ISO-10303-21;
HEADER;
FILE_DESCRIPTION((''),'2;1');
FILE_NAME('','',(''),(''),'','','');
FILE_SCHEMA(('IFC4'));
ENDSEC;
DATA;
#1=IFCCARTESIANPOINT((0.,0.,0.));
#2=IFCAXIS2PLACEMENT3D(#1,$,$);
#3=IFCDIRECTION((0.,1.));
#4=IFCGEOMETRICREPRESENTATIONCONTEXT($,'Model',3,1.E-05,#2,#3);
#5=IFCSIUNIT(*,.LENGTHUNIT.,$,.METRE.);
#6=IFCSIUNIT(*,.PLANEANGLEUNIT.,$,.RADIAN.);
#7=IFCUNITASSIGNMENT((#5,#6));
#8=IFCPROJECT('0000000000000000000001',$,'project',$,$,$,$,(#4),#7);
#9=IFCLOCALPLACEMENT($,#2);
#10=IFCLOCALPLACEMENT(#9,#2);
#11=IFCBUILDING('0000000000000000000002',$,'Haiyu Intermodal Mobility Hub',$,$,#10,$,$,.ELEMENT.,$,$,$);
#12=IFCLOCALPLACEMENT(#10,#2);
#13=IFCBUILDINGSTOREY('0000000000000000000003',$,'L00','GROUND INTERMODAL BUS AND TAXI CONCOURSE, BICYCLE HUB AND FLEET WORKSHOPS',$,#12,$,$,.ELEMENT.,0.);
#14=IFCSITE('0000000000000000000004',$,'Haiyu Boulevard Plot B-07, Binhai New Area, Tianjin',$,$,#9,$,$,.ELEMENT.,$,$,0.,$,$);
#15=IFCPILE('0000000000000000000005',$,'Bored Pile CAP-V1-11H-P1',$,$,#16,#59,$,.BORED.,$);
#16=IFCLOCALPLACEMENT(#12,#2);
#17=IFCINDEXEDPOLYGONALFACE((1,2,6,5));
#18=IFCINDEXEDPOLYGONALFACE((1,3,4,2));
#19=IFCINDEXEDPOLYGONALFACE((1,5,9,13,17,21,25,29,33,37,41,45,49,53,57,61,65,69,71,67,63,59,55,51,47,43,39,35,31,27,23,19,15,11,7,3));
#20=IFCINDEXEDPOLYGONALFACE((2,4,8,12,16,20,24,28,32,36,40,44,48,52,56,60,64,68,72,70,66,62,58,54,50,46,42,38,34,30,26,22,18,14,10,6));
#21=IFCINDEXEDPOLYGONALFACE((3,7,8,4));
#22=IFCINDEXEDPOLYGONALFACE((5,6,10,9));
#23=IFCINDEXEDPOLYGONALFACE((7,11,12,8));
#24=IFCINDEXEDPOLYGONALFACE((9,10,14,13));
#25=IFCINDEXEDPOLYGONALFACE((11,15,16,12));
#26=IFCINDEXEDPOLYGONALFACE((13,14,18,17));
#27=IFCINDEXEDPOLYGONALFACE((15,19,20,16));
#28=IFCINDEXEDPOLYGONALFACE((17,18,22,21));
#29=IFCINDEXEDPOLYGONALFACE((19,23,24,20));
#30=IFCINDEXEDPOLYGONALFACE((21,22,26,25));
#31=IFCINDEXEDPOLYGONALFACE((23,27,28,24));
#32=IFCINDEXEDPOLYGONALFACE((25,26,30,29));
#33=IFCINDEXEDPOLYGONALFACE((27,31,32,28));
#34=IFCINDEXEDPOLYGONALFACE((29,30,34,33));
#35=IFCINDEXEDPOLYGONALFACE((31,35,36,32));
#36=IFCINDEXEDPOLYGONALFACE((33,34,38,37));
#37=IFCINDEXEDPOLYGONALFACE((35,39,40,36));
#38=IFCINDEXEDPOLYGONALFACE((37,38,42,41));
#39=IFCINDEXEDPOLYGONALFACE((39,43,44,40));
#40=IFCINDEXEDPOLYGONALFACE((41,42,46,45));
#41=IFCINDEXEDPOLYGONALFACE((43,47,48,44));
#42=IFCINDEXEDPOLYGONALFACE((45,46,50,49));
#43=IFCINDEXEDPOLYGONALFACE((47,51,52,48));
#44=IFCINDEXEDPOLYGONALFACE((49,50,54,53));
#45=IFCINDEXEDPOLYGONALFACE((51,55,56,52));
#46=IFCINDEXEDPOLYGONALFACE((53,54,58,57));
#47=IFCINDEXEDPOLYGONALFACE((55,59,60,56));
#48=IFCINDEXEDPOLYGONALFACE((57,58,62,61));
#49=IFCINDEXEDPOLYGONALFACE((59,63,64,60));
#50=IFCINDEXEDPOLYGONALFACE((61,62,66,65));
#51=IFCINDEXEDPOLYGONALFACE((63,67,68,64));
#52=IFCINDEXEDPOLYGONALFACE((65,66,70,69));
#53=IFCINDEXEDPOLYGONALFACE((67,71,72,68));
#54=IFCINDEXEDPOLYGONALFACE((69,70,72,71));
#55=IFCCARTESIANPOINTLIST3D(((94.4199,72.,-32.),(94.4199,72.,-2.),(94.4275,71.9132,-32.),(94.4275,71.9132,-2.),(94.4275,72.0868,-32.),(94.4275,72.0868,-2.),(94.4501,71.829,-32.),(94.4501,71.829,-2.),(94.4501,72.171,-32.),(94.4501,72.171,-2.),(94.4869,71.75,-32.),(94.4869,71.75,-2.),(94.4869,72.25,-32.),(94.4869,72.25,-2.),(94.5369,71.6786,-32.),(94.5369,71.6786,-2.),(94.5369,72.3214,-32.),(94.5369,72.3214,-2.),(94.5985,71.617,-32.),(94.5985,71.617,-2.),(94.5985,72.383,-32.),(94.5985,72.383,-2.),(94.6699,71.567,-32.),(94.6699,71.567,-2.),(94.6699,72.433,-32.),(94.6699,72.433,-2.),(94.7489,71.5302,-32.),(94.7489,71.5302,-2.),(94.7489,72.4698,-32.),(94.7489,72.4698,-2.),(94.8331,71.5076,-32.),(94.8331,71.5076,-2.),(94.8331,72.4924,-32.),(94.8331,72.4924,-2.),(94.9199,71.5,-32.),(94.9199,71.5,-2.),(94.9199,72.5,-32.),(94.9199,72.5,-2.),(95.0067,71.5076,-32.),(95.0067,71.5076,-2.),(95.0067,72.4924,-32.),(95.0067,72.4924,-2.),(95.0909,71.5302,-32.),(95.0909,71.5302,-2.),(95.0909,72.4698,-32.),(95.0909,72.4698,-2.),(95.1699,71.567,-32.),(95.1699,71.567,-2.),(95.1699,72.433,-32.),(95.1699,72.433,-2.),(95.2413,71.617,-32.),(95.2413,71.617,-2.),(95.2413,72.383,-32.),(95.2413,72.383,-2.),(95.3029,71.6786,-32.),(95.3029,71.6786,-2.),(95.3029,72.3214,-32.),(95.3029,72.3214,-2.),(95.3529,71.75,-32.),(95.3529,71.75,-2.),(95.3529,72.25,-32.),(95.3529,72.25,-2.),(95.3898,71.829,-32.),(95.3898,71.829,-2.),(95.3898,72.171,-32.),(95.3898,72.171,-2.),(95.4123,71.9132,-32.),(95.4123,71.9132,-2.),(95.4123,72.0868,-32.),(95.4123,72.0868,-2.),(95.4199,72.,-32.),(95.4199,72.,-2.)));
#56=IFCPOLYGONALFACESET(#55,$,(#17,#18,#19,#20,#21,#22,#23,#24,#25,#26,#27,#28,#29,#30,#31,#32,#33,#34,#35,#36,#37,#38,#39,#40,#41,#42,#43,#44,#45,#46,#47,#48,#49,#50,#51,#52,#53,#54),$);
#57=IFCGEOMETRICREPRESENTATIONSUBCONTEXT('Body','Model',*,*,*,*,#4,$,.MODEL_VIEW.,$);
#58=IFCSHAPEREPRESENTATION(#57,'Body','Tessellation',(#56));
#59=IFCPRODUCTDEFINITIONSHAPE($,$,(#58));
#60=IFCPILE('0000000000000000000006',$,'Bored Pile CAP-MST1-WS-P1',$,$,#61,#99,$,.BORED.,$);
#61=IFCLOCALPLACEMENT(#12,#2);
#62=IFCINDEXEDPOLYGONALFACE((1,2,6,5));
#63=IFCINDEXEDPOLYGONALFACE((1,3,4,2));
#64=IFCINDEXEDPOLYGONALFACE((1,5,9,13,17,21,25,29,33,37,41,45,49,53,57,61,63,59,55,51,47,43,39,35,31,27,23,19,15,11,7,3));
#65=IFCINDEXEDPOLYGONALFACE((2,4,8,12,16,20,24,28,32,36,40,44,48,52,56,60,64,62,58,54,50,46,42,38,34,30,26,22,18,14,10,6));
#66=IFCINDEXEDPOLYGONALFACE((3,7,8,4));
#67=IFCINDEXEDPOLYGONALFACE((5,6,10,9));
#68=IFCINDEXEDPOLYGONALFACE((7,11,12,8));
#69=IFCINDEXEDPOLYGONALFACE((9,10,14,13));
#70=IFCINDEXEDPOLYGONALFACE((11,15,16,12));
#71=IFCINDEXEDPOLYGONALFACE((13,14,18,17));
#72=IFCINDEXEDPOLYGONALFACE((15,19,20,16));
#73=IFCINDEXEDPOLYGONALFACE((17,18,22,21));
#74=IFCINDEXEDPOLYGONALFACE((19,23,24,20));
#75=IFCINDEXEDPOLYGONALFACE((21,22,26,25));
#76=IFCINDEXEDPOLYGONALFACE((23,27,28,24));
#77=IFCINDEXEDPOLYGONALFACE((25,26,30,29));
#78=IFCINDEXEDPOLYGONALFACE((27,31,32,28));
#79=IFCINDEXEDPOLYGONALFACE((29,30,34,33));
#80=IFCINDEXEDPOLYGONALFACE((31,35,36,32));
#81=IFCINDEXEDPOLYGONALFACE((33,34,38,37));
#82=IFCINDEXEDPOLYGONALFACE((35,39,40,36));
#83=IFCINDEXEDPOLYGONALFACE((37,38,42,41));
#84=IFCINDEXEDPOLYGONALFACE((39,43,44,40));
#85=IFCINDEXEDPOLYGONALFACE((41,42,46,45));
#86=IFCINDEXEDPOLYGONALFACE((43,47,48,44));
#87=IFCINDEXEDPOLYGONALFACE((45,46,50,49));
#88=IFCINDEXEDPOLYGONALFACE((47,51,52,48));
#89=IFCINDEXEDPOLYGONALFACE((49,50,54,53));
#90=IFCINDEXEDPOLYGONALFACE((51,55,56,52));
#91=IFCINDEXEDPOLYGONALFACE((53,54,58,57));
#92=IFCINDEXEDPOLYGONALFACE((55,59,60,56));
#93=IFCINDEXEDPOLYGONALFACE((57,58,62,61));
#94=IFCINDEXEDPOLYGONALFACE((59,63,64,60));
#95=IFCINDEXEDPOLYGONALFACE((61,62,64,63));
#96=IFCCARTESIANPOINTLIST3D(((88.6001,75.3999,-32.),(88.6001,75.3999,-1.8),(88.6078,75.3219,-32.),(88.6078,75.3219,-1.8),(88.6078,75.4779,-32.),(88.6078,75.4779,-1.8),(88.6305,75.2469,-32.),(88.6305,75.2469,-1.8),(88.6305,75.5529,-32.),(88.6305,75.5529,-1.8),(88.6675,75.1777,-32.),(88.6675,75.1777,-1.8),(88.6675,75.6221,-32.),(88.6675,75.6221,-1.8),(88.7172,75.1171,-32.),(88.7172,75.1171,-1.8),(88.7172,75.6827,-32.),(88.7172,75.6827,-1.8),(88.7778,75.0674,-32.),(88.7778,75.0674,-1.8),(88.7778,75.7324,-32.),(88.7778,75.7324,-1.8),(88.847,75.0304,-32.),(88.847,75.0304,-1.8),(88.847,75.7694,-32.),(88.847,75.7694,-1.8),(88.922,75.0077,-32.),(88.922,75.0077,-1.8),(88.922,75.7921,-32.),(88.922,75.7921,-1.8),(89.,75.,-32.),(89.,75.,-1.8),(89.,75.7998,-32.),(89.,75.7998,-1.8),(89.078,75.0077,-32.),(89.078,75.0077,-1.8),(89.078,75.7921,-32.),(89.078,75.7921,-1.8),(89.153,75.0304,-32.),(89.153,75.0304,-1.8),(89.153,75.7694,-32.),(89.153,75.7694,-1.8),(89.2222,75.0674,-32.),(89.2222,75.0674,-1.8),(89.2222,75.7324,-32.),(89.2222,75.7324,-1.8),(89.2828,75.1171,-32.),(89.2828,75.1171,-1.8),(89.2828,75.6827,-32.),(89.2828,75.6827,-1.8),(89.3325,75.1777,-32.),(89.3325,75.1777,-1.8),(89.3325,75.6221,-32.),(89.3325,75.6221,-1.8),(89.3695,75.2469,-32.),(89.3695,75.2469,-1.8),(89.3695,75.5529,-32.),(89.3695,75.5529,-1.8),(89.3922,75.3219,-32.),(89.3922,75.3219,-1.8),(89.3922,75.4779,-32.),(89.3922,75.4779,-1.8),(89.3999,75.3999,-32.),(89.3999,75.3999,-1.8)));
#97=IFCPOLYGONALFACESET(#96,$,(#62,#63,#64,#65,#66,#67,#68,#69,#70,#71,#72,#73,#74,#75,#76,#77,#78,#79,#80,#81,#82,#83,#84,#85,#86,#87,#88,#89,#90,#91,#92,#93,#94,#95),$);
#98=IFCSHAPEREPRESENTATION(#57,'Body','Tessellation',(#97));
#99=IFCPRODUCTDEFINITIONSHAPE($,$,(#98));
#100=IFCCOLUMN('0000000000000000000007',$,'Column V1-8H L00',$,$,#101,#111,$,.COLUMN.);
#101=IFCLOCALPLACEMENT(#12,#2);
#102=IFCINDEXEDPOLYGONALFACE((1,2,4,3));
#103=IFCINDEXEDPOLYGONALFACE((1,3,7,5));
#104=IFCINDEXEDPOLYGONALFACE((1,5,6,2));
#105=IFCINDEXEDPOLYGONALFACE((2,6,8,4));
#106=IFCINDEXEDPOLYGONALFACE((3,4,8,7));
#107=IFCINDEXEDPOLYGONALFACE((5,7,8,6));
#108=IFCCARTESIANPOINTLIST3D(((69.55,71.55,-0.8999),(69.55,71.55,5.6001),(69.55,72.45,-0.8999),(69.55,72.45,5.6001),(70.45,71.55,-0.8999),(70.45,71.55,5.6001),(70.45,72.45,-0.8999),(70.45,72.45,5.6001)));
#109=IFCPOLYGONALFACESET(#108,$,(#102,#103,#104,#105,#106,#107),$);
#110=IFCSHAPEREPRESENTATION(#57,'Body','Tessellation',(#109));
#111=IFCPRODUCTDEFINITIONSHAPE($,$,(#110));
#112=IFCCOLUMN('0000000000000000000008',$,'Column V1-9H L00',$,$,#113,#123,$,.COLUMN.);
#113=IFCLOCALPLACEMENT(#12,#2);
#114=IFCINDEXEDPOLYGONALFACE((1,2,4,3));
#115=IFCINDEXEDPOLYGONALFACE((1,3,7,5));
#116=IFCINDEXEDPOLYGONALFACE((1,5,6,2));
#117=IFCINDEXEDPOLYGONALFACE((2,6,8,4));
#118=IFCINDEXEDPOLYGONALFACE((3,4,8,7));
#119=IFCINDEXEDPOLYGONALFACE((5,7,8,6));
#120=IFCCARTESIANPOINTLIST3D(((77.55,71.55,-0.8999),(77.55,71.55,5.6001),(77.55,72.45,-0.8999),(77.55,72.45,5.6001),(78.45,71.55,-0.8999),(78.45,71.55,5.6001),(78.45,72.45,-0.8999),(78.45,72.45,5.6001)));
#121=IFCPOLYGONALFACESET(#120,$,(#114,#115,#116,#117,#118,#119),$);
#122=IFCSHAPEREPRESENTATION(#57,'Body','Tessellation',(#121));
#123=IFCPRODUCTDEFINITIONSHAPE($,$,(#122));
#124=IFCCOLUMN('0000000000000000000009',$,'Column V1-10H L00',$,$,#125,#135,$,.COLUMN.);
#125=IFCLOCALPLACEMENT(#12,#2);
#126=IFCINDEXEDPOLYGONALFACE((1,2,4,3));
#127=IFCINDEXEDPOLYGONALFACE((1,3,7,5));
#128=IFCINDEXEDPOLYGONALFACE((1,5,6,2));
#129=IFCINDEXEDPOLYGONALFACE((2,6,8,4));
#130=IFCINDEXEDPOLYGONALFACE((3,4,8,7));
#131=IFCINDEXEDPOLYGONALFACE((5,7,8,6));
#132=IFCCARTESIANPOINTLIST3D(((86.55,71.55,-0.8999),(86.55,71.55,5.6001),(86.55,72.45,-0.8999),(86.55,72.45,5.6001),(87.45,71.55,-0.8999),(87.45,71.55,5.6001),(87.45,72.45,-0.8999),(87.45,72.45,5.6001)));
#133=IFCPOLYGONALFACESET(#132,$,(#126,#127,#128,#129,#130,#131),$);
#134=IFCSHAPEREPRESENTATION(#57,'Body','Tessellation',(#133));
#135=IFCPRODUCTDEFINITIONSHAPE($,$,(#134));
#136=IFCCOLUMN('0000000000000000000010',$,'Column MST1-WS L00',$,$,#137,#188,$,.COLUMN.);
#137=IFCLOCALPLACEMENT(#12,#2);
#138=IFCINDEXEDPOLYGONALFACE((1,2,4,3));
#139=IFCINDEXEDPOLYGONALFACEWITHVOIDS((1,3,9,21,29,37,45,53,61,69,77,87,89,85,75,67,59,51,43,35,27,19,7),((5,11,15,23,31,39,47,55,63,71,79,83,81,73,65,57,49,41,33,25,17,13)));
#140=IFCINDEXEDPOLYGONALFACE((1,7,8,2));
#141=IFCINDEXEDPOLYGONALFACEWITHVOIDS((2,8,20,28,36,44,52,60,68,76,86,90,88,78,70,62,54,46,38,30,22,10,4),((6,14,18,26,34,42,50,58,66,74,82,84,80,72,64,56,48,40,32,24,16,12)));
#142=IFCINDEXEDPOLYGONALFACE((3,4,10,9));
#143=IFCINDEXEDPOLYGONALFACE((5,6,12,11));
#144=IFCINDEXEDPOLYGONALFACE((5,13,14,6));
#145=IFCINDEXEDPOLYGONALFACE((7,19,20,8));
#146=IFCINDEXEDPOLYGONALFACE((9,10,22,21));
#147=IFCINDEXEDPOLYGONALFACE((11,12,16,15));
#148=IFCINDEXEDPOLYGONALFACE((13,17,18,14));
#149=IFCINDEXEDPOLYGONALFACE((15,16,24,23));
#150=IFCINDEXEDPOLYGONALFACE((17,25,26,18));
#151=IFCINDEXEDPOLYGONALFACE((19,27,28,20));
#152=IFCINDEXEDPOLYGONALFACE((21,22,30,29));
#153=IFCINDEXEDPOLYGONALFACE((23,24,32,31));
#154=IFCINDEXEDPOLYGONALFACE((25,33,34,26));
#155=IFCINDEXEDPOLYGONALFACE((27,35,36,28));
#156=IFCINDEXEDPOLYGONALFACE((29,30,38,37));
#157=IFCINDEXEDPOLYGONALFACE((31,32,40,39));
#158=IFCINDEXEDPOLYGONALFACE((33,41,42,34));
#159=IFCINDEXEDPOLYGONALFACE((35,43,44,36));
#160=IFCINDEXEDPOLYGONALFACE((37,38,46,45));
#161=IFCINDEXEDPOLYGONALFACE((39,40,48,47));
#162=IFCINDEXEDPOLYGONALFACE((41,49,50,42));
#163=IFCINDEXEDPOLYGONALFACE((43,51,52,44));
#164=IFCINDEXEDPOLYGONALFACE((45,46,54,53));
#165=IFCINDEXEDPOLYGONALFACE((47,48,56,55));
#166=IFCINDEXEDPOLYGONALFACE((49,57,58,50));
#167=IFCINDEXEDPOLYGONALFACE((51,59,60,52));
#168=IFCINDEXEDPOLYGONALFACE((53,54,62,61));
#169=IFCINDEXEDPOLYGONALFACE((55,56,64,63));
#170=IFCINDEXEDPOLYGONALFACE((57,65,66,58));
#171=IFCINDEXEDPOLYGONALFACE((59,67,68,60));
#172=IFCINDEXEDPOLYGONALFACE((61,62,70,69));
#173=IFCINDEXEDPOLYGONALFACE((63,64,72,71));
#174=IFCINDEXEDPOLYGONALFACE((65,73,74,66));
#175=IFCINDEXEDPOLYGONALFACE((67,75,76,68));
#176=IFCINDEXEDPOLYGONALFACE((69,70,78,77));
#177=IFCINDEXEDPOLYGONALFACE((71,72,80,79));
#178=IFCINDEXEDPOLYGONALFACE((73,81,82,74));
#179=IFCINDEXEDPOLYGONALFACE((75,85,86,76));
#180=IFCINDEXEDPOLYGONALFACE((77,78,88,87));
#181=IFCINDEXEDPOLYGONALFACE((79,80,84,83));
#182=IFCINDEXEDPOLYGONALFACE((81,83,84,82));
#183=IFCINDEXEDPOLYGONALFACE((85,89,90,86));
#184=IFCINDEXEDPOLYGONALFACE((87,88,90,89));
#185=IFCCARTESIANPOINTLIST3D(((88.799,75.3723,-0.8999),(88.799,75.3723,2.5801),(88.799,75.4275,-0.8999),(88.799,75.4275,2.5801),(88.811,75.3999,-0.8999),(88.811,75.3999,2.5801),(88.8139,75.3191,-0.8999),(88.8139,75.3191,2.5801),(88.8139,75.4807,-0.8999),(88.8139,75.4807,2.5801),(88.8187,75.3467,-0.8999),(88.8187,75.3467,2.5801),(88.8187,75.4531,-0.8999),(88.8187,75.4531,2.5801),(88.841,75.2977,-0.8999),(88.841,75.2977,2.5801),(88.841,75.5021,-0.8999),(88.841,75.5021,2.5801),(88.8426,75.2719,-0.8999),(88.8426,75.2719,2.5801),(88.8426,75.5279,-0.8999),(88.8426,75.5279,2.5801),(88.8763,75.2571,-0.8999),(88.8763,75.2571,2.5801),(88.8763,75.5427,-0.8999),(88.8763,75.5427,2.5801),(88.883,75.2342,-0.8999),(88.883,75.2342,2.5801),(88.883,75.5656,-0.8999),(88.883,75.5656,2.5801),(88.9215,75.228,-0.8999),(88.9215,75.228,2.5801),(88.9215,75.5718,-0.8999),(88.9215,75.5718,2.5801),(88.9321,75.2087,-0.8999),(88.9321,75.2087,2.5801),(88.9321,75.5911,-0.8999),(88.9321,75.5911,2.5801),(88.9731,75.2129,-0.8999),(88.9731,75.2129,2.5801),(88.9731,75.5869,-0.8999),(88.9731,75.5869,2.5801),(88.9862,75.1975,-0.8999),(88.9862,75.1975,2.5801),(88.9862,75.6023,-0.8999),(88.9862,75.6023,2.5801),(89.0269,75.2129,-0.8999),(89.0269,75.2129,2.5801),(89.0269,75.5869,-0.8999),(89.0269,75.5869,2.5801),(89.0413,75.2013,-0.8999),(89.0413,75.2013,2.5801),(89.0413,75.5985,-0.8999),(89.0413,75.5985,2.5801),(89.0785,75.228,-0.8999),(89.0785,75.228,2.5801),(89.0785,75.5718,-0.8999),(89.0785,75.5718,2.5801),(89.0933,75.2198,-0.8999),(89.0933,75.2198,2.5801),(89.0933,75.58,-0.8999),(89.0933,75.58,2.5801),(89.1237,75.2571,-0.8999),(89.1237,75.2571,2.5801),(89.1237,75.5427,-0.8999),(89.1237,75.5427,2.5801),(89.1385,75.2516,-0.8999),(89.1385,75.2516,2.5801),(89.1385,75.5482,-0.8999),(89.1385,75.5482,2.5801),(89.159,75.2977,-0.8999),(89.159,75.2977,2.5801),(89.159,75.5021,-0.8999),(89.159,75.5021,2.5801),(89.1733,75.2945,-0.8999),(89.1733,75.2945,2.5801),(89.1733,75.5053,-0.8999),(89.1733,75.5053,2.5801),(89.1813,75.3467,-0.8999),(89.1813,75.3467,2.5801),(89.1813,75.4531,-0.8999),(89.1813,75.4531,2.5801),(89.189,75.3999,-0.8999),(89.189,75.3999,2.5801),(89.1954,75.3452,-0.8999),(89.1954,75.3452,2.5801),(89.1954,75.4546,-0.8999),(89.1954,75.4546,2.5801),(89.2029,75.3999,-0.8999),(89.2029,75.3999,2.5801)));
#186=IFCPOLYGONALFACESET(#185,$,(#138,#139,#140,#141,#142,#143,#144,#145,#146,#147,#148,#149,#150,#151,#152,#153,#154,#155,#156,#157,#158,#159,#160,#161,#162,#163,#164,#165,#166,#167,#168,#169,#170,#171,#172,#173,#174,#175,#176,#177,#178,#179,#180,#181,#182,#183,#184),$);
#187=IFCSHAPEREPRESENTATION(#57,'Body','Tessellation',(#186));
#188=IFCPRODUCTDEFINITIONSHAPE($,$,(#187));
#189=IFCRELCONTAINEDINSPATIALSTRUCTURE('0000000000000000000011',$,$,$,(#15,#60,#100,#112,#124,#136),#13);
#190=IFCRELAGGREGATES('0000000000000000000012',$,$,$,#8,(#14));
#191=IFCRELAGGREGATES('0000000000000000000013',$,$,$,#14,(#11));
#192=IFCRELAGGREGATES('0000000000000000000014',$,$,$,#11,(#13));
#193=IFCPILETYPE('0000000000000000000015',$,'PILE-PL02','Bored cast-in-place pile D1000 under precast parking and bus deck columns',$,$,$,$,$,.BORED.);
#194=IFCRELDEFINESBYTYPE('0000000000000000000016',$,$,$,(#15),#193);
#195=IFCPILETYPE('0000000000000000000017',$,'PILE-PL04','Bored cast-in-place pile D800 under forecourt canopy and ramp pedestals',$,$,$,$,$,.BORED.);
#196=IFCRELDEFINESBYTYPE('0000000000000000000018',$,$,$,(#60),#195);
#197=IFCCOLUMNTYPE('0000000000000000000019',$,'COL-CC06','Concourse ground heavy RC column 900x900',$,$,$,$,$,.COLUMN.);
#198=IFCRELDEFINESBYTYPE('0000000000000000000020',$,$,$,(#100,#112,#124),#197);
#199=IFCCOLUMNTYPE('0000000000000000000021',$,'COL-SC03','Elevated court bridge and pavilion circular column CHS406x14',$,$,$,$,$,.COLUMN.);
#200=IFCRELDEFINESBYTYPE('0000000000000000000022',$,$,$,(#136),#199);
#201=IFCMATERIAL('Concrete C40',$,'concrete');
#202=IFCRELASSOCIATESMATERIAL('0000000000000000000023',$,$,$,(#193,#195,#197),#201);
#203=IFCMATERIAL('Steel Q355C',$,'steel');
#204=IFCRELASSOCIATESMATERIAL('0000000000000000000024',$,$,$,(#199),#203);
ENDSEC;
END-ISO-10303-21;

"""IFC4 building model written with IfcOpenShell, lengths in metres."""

from ifc_helpers import new_model, si_unit, direction, frame, origin, origin_2d, place, context, subcontext, project, spatial, rectangle, circle, hollow_circle, extrude, material, material_profile, profile_set, type_object, element, save


model = new_model("IFC4")

# Units and contexts
model_context = context("Model", 3, precision=1e-05, world=origin(), true_north=direction((0.0, 1.0)))
body_context = subcontext(model_context, "Body", "Model", "MODEL_VIEW")
ifc_project = project(units=[si_unit("LENGTHUNIT", "METRE"), si_unit("PLANEANGLEUNIT", "RADIAN")], contexts=[model_context])

# Site, building, storey
site_placement = place(None, origin())
site = spatial("IfcSite", under=ifc_project, at=site_placement, Name="Haiyu Boulevard Plot B-07, Binhai New Area, Tianjin", CompositionType="ELEMENT", RefElevation=0.0)
building_placement = place(site_placement, origin())
building = spatial("IfcBuilding", under=site, at=building_placement, Name="Haiyu Intermodal Mobility Hub", CompositionType="ELEMENT")
storey_placement = place(building_placement, origin())
storey = spatial("IfcBuildingStorey", under=building, at=storey_placement, Name="L00", Description="GROUND INTERMODAL BUS AND TAXI CONCOURSE, BICYCLE HUB AND FLEET WORKSHOPS", CompositionType="ELEMENT", Elevation=0.0)

# Shared definitions
ifc_material_1 = material(Name="Concrete C40", Category="concrete")

# Piles
ifc_material_profile_1 = material_profile(ifc_material_1, circle(Radius=0.5, at=origin_2d()), Name="PILE-D1000")
ifc_profile_set_1 = profile_set([ifc_material_profile_1], Name="Concrete C40")
pile_type_1 = type_object("IfcPileType", Name="PILE-PL02", Description="Bored cast-in-place pile D1000 under precast parking and bus deck columns", PredefinedType="BORED", material=ifc_profile_set_1)
for number, where, z_axis, x_axis, name in (
    (1, (94.9199, 72.0, -2.0), (0.0, 0.0, -1.0), (1.0, 0.0, 0.0), "Bored Pile CAP-V1-11H-P1"),
):
    element("IfcPile", number, at=place(storey_placement, frame(where, z_axis=z_axis, x_axis=x_axis)), inside=storey, type_object=pile_type_1, Name=name, PredefinedType="BORED", context=body_context, shape_type="SweptSolid", body=[
        extrude(circle(Radius=0.5, at=origin_2d()), origin(), (0.0, 0.0, 1.0), 30.0),
    ])
ifc_material_profile_2 = material_profile(ifc_material_1, circle(Radius=0.3999, at=origin_2d()), Name="PILE-D800")
ifc_profile_set_2 = profile_set([ifc_material_profile_2], Name="Concrete C40")
pile_type_2 = type_object("IfcPileType", Name="PILE-PL04", Description="Bored cast-in-place pile D800 under forecourt canopy and ramp pedestals", PredefinedType="BORED", material=ifc_profile_set_2)
pile_placement = place(storey_placement, frame((89.0, 75.3999, -1.8), z_axis=(0.0, 0.0, -1.0), x_axis=(1.0, 0.0, 0.0)))
element("IfcPile", 2, at=pile_placement, inside=storey, type_object=pile_type_2, Name="Bored Pile CAP-MST1-WS-P1", PredefinedType="BORED", context=body_context, shape_type="SweptSolid", body=[
    extrude(circle(Radius=0.3999, at=origin_2d()), origin(), (0.0, 0.0, 1.0), 30.2),
])

# Columns
ifc_material_profile_3 = material_profile(ifc_material_1, rectangle(XDim=0.8999, YDim=0.8999, at=origin_2d()), Name="RC900x900")
ifc_profile_set_3 = profile_set([ifc_material_profile_3], Name="Concrete C40")
column_type_1 = type_object("IfcColumnType", Name="COL-CC06", Description="Concourse ground heavy RC column 900x900", PredefinedType="COLUMN", material=ifc_profile_set_3)
for number, where, z_axis, x_axis, name in (
    (3, (70.0, 72.0, -0.8999), (0.0, 0.0, 1.0), (1.0, 0.0, 0.0), "Column V1-8H L00"),
    (4, (78.0, 72.0, -0.8999), (0.0, 0.0, 1.0), (1.0, 0.0, 0.0), "Column V1-9H L00"),
    (5, (87.0, 72.0, -0.8999), (0.0, 0.0, 1.0), (1.0, 0.0, 0.0), "Column V1-10H L00"),
):
    element("IfcColumn", number, at=place(storey_placement, frame(where, z_axis=z_axis, x_axis=x_axis)), inside=storey, type_object=column_type_1, Name=name, PredefinedType="COLUMN", context=body_context, shape_type="SweptSolid", body=[
        extrude(rectangle(XDim=0.8999, YDim=0.8999, at=origin_2d()), origin(), (0.0, 0.0, 1.0), 6.5),
    ])
ifc_material_2 = material(Name="Steel Q355C", Category="steel")
ifc_material_profile_4 = material_profile(ifc_material_2, hollow_circle(Radius=0.2029, WallThickness=0.0139, at=origin_2d()), Name="CHS406x14")
ifc_profile_set_4 = profile_set([ifc_material_profile_4], Name="Steel Q355C")
column_type_2 = type_object("IfcColumnType", Name="COL-SC03", Description="Elevated court bridge and pavilion circular column CHS406x14", PredefinedType="COLUMN", material=ifc_profile_set_4)
column_placement = place(storey_placement, frame((89.0, 75.3999, -0.8999), z_axis=(0.0, 0.0, 1.0), x_axis=(1.0, 0.0, 0.0)))
element("IfcColumn", 6, at=column_placement, inside=storey, type_object=column_type_2, Name="Column MST1-WS L00", PredefinedType="COLUMN", context=body_context, shape_type="SweptSolid", body=[
    extrude(hollow_circle(Radius=0.2029, WallThickness=0.0139, at=origin_2d()), origin(), (0.0, 0.0, 1.0), 3.48),
])

save(model, "model.ifc")
